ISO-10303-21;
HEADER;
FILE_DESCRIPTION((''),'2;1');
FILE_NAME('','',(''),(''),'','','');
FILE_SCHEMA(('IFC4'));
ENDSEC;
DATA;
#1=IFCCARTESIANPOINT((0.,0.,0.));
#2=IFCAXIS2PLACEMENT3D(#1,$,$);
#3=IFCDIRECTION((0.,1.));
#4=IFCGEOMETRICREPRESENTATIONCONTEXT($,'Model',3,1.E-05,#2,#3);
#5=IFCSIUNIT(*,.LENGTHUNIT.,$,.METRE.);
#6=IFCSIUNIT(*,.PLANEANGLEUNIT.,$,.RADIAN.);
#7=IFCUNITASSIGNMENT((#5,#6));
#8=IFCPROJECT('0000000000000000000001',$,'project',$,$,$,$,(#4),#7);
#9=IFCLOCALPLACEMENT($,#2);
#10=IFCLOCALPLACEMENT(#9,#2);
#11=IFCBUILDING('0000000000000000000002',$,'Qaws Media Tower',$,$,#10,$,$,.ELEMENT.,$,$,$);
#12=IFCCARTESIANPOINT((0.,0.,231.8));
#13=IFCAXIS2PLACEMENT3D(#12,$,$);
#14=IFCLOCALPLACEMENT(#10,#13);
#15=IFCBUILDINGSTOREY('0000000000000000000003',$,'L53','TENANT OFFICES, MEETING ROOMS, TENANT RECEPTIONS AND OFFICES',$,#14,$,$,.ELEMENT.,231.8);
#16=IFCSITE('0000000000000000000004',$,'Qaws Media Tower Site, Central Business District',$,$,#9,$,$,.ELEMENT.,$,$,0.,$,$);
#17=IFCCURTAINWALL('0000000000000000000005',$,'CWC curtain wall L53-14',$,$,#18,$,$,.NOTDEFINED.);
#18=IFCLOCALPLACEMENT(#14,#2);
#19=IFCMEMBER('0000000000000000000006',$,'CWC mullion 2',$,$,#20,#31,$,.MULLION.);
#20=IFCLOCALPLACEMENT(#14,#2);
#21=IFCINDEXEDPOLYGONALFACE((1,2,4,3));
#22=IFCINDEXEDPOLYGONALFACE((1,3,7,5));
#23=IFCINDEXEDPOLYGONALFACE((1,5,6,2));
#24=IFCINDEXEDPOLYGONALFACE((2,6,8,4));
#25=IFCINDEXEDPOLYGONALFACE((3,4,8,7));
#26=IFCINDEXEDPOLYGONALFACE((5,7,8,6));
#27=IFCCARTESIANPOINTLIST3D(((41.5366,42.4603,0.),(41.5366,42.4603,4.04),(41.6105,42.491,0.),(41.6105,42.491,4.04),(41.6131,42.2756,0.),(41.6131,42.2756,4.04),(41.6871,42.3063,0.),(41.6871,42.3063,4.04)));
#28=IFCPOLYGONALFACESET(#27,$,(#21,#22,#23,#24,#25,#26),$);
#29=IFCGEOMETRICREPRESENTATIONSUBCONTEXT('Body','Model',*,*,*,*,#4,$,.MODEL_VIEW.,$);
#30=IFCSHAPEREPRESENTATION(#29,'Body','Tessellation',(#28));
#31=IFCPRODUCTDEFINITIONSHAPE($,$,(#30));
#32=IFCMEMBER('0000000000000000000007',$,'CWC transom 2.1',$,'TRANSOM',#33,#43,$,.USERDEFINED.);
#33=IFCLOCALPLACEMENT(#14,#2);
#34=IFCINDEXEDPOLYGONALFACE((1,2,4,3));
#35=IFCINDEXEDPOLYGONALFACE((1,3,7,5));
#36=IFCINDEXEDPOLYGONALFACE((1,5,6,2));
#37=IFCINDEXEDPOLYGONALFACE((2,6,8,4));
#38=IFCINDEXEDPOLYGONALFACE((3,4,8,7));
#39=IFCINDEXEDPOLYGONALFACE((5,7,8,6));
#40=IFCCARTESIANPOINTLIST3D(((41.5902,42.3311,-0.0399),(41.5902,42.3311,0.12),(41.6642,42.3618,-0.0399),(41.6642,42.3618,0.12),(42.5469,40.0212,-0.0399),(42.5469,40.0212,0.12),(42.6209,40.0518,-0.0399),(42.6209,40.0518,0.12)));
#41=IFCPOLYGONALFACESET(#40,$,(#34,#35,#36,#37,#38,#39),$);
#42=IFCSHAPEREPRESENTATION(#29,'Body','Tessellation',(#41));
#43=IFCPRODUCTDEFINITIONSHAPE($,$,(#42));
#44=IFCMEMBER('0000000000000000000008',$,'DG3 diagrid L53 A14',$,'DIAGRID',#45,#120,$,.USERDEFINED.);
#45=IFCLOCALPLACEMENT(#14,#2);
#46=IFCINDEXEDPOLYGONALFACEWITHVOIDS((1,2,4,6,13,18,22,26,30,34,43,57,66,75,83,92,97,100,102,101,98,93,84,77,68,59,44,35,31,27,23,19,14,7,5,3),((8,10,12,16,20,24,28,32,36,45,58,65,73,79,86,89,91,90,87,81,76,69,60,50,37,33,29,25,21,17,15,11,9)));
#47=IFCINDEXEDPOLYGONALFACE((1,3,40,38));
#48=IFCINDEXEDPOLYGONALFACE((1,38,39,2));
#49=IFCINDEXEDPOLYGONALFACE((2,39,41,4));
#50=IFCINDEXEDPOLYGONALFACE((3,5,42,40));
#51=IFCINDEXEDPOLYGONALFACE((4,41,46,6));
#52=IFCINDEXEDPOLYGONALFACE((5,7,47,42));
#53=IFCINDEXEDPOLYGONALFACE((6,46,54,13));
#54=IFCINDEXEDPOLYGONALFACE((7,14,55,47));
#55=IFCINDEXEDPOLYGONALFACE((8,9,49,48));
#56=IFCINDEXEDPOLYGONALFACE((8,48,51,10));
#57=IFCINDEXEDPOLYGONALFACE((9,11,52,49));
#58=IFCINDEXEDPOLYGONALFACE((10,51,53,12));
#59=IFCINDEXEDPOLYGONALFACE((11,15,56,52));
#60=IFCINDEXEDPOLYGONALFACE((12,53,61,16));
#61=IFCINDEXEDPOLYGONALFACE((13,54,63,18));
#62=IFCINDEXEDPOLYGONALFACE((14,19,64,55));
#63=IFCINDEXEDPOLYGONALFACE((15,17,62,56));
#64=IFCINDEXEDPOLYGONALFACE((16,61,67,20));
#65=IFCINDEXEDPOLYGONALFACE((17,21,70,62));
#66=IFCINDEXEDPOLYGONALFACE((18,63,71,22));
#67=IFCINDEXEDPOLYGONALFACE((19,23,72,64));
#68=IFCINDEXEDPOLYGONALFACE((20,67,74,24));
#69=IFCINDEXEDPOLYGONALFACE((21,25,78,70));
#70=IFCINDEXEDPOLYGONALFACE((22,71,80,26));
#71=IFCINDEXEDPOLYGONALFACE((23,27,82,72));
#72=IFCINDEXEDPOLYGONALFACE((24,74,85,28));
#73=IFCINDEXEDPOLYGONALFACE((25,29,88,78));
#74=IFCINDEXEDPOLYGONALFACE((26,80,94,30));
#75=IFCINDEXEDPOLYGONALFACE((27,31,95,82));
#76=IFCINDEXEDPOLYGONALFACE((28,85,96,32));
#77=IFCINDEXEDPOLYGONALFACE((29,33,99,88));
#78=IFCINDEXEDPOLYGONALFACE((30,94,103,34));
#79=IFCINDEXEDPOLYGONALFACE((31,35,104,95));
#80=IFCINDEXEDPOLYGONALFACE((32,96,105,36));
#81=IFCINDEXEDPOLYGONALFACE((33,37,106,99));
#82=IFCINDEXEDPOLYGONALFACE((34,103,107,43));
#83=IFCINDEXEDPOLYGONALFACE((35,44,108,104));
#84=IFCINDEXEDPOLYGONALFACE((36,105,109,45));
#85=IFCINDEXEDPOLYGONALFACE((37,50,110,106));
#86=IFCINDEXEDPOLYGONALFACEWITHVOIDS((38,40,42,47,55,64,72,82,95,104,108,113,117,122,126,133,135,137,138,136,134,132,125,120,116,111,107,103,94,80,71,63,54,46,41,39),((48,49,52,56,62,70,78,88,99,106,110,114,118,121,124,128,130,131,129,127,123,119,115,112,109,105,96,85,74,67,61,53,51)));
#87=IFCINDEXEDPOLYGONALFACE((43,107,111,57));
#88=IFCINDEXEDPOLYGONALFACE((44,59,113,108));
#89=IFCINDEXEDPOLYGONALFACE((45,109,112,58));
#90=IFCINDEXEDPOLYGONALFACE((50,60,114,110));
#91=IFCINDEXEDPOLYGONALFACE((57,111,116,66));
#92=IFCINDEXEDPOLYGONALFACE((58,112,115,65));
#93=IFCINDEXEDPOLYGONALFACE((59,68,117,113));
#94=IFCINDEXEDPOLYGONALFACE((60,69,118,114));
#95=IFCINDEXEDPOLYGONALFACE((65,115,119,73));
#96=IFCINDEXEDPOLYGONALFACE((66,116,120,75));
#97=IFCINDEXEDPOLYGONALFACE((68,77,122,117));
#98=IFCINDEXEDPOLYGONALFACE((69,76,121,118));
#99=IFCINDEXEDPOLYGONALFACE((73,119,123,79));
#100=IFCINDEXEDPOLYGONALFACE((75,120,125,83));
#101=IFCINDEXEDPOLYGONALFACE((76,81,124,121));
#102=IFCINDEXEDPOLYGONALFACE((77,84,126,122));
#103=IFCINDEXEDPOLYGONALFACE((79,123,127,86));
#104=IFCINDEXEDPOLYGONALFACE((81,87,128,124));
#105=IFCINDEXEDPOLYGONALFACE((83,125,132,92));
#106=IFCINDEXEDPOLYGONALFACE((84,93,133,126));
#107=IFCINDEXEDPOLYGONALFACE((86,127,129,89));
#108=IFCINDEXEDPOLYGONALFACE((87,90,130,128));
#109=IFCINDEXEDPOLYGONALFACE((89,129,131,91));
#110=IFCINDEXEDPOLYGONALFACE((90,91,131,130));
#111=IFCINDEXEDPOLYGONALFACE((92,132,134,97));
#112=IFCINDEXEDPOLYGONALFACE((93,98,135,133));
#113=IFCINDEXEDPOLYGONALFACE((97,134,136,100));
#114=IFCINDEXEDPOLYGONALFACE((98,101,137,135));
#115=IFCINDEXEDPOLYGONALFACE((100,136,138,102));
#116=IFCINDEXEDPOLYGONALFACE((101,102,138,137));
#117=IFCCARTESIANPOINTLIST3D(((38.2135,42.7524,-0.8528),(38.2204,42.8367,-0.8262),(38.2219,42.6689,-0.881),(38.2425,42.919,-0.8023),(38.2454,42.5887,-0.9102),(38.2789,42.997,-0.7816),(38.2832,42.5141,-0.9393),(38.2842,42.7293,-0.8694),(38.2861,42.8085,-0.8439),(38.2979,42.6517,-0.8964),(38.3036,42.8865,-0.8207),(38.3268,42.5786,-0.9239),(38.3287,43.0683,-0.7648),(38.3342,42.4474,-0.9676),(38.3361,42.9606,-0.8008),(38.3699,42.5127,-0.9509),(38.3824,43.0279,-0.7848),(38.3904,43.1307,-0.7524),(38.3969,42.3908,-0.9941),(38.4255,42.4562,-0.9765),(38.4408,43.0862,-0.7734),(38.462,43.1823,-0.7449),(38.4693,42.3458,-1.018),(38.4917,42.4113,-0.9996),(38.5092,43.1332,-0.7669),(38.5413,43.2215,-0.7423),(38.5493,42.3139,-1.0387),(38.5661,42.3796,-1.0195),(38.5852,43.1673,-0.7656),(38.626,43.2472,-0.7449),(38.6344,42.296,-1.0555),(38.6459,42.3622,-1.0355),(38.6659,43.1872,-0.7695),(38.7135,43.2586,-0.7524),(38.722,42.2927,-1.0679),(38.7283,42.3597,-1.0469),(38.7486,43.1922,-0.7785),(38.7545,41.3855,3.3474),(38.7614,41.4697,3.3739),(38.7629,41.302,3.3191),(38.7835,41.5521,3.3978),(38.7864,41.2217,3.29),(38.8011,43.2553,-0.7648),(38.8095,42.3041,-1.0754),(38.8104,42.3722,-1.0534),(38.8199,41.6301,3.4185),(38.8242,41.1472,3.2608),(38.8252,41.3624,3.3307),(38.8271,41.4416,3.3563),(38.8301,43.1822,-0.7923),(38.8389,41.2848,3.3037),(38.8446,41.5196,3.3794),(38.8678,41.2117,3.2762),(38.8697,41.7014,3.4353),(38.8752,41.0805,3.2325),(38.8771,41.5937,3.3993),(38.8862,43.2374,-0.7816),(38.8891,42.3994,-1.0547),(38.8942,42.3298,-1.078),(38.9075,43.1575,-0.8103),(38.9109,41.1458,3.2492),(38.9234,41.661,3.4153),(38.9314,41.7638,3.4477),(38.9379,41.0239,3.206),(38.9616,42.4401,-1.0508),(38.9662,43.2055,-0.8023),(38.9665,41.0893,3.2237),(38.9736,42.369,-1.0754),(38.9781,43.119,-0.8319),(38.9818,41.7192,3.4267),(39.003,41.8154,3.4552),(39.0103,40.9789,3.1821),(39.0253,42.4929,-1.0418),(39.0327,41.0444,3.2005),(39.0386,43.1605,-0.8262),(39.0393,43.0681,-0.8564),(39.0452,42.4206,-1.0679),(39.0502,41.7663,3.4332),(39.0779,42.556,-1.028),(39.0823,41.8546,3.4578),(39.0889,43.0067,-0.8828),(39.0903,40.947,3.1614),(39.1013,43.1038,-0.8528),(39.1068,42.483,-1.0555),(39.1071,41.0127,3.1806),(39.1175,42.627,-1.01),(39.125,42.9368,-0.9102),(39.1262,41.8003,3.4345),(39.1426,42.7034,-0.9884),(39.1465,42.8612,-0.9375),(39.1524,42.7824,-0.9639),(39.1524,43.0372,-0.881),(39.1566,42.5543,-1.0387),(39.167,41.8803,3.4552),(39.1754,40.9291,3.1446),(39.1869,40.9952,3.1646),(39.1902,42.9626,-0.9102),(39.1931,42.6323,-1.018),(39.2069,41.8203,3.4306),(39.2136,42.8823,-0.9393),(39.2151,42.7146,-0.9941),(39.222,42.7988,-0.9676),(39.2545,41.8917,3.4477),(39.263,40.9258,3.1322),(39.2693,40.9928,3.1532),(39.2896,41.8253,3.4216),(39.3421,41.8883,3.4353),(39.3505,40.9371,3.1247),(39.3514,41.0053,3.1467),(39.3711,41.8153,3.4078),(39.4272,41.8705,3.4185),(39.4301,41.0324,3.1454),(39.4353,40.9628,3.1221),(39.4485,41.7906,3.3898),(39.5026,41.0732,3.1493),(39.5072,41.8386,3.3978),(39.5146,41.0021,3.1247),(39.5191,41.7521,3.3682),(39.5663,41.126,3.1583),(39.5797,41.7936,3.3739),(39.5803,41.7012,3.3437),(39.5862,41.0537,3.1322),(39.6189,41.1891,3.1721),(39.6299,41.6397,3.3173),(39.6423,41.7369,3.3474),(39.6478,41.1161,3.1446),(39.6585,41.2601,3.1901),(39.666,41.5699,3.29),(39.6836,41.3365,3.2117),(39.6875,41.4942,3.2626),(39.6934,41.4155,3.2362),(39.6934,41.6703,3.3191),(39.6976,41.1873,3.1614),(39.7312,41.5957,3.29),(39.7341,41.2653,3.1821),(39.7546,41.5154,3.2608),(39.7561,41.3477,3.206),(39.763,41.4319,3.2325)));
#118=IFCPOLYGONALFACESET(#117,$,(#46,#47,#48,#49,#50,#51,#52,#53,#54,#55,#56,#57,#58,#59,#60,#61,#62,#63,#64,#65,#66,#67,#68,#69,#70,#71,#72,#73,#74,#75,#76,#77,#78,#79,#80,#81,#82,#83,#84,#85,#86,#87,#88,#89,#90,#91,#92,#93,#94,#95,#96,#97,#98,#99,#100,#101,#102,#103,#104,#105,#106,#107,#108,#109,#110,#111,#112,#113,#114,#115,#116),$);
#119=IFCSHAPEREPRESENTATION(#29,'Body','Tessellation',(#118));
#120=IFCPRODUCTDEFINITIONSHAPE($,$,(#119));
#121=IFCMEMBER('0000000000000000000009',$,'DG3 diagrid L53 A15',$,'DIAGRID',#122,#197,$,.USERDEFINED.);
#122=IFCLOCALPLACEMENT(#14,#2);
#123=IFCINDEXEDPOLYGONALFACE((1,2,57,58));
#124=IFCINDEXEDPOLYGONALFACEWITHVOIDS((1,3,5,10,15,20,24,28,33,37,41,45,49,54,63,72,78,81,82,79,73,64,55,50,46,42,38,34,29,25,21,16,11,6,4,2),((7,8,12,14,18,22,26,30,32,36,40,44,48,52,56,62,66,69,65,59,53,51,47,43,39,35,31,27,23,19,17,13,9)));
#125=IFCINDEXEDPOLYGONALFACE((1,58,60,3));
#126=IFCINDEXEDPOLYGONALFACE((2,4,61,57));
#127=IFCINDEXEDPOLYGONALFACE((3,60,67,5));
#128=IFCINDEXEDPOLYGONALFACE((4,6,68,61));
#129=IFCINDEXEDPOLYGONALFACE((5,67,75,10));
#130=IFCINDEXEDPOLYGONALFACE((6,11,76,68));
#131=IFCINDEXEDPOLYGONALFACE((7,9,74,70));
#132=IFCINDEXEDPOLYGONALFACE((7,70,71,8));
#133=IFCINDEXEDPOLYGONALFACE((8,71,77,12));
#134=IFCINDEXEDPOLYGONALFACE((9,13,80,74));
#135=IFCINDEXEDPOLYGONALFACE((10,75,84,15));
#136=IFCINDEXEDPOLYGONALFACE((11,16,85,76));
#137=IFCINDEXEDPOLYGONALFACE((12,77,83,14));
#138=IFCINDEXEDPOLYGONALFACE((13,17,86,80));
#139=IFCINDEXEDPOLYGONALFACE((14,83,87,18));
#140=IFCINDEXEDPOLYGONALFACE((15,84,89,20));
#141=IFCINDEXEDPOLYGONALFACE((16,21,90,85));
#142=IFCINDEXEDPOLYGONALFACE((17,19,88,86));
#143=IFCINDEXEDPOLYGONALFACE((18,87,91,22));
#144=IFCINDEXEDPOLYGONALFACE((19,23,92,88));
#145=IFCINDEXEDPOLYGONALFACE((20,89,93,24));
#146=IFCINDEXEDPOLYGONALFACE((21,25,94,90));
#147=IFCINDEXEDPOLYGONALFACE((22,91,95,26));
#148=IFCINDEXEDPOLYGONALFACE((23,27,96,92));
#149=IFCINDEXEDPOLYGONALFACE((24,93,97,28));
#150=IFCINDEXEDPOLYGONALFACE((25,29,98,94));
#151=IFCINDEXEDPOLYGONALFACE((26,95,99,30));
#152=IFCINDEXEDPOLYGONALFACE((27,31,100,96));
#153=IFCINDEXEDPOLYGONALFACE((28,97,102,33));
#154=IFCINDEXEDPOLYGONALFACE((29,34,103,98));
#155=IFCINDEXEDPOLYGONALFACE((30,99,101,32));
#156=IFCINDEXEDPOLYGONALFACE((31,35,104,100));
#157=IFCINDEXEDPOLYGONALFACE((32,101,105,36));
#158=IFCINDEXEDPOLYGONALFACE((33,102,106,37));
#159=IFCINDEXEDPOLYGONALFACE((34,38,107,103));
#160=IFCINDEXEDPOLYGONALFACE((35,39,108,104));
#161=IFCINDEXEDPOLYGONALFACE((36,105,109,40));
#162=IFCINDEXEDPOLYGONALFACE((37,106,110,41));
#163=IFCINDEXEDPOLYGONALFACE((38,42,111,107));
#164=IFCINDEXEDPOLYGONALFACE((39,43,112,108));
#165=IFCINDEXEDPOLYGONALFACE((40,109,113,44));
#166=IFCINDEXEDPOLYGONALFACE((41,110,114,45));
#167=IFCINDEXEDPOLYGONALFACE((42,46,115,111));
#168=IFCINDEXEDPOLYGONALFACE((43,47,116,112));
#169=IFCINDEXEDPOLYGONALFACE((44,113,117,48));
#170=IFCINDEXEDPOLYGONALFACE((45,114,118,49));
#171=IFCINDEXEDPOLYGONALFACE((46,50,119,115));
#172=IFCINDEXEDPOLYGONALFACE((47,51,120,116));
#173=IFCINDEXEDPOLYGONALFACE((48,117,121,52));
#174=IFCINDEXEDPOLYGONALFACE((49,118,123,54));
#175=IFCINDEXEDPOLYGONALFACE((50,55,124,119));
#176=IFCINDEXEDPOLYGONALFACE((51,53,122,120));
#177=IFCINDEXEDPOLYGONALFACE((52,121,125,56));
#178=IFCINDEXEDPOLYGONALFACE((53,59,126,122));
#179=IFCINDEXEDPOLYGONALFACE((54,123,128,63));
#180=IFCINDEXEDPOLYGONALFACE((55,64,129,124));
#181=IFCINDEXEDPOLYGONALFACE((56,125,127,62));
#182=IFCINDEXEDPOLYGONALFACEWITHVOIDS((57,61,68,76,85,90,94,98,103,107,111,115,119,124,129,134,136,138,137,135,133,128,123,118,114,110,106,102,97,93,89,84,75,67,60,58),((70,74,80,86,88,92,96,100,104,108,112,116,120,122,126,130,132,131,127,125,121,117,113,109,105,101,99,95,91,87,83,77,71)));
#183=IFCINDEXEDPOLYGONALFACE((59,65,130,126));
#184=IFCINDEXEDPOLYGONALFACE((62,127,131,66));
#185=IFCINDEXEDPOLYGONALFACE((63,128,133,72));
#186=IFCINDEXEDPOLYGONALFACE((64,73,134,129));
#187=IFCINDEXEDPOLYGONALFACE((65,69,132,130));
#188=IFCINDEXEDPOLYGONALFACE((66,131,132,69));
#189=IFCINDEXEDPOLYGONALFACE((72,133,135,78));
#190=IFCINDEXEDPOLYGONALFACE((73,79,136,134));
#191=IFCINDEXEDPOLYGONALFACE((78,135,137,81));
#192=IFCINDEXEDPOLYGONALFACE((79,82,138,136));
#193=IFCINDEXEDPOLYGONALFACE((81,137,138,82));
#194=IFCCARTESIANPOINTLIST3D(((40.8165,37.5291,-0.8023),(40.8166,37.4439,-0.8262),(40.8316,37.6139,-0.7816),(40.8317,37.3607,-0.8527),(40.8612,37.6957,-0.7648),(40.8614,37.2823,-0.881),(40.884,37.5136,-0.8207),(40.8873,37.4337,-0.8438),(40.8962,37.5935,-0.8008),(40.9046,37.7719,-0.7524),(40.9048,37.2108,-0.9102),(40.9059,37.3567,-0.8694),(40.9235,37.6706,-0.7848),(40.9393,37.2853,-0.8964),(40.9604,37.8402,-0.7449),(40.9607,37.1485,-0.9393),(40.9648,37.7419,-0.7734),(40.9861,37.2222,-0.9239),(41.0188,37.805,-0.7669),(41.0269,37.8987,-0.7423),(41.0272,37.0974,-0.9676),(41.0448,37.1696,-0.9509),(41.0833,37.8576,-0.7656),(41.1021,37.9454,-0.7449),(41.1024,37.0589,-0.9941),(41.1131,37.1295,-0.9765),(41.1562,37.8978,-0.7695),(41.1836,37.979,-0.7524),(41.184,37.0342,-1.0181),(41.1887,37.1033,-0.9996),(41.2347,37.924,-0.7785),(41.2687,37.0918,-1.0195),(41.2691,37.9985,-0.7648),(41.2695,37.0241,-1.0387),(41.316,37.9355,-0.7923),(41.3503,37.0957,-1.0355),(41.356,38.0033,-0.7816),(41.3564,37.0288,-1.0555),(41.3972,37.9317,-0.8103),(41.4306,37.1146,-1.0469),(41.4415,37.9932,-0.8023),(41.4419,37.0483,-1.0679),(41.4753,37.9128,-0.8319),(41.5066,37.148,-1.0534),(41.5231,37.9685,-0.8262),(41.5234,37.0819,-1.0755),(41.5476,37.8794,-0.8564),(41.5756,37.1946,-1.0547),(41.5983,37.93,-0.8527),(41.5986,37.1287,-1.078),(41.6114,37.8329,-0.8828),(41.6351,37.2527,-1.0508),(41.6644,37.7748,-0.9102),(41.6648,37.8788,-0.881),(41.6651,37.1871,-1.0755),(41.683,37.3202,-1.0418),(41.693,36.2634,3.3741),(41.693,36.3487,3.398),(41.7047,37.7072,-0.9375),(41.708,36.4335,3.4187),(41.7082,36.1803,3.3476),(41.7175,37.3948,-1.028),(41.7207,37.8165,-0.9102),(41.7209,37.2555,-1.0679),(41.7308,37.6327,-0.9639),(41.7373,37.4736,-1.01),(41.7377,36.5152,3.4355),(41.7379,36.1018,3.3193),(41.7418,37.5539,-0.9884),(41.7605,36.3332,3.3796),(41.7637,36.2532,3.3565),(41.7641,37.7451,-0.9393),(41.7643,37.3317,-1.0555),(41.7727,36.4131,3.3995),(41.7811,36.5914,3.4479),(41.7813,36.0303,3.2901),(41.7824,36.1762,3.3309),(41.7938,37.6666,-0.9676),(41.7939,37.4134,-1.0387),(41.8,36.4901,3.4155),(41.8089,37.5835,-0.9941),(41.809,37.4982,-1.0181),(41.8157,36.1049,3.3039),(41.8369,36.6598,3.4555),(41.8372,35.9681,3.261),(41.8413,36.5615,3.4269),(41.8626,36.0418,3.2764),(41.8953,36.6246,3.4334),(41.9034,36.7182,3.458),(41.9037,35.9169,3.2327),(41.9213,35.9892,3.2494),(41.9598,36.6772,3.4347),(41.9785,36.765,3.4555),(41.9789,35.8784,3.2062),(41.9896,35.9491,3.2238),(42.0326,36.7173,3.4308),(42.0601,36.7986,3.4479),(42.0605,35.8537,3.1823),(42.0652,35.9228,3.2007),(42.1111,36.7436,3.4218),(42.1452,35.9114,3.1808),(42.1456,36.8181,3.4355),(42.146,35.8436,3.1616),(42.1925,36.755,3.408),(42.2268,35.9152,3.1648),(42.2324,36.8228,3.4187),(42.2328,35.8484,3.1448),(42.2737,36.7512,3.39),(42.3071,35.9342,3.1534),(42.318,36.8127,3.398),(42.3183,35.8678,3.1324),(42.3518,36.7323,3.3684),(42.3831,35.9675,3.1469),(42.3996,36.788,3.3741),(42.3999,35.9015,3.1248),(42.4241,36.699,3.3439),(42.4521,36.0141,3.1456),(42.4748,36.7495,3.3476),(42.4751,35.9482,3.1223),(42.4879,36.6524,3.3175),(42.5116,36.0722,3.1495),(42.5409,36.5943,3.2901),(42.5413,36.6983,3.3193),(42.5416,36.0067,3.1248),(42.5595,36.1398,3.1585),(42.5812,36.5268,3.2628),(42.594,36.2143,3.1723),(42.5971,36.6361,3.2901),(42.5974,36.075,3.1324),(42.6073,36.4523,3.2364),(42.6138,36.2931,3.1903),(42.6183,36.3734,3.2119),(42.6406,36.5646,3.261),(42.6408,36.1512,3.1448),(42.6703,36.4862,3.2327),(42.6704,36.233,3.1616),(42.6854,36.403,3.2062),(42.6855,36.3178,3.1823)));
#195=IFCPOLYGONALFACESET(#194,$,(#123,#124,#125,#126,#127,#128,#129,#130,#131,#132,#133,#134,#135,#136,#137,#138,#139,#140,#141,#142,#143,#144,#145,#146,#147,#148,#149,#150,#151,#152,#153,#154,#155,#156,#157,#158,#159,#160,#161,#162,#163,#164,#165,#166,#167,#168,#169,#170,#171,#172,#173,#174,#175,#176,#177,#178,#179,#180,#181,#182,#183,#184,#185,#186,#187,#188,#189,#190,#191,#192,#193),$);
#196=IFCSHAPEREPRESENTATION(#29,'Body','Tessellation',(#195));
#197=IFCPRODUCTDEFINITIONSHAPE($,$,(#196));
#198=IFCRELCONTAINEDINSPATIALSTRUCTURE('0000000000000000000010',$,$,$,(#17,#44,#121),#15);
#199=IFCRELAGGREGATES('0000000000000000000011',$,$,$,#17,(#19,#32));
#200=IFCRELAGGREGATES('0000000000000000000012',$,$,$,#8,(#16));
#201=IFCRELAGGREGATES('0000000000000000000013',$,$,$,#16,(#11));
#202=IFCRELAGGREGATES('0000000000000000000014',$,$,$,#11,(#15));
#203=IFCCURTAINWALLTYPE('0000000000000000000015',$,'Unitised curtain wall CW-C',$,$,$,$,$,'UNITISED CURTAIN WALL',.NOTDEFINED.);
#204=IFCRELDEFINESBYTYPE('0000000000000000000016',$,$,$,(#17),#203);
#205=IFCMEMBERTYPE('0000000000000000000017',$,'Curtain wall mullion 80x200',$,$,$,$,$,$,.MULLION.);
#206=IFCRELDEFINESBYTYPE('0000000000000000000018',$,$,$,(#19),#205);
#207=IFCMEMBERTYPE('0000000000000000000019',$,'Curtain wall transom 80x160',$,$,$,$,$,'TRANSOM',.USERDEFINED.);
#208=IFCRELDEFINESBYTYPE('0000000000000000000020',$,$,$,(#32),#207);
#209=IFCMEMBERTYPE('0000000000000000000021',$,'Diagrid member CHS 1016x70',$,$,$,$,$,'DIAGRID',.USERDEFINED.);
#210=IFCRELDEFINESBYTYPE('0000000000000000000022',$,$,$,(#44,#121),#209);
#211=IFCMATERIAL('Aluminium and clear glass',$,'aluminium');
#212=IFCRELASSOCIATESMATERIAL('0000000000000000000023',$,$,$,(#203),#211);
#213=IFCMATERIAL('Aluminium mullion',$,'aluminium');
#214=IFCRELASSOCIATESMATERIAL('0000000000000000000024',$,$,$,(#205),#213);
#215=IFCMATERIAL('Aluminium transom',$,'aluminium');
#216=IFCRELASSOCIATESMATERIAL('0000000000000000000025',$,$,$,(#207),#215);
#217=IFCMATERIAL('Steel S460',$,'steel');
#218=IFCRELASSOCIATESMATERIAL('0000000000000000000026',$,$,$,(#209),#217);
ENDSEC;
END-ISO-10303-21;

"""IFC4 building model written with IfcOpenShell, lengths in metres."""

from ifc_helpers import new_model, si_unit, direction, frame, origin, origin_2d, place, context, subcontext, project, spatial, rectangle, hollow_circle, extrude, material, material_profile, profile_set, type_object, element, aggregate, save


model = new_model("IFC4")

# Units and contexts
model_context = context("Model", 3, precision=1e-05, world=origin(), true_north=direction((0.0, 1.0)))
body_context = subcontext(model_context, "Body", "Model", "MODEL_VIEW")
ifc_project = project(units=[si_unit("LENGTHUNIT", "METRE"), si_unit("PLANEANGLEUNIT", "RADIAN")], contexts=[model_context])

# Site, building, storey
site_placement = place(None, origin())
site = spatial("IfcSite", under=ifc_project, at=site_placement, Name="Qaws Media Tower Site, Central Business District", CompositionType="ELEMENT", RefElevation=0.0)
building_placement = place(site_placement, origin())
building = spatial("IfcBuilding", under=site, at=building_placement, Name="Qaws Media Tower", CompositionType="ELEMENT")
storey_placement = place(building_placement, frame((0.0, 0.0, 231.8)))
storey = spatial("IfcBuildingStorey", under=building, at=storey_placement, Name="L53", Description="TENANT OFFICES, MEETING ROOMS, TENANT RECEPTIONS AND OFFICES", CompositionType="ELEMENT", Elevation=231.8)

# Curtain wall, members
ifc_material_1 = material(Name="Aluminium and clear glass", Category="aluminium")
curtain_wall_type = type_object("IfcCurtainWallType", Name="Unitised curtain wall CW-C", ElementType="UNITISED CURTAIN WALL", PredefinedType="NOTDEFINED", material=ifc_material_1)
curtain_wall_placement = place(storey_placement, origin())
curtain_wall = element("IfcCurtainWall", 1, at=curtain_wall_placement, inside=storey, type_object=curtain_wall_type, Name="CWC curtain wall L53-14", PredefinedType="NOTDEFINED")
ifc_material_2 = material(Name="Aluminium mullion", Category="aluminium")
ifc_material_profile_1 = material_profile(ifc_material_2, rectangle(XDim=0.0801, YDim=0.2, at=origin_2d()), Name="80x200")
ifc_profile_set_1 = profile_set([ifc_material_profile_1], Name="Aluminium mullion")
member_type_1 = type_object("IfcMemberType", Name="Curtain wall mullion 80x200", PredefinedType="MULLION", material=ifc_profile_set_1)
member_1_placement = place(storey_placement, frame((41.6118, 42.3833, 0.0), z_axis=(0.0, 0.0, 1.0), x_axis=(0.92388, 0.382683, 0.0)))
member_1 = element("IfcMember", 2, at=member_1_placement, type_object=member_type_1, Name="CWC mullion 2", PredefinedType="MULLION", context=body_context, shape_type="SweptSolid", body=[
    extrude(rectangle(XDim=0.0801, YDim=0.2, at=origin_2d()), origin(), (0.0, 0.0, 1.0), 4.04),
])
ifc_material_3 = material(Name="Aluminium transom", Category="aluminium")
ifc_material_profile_2 = material_profile(ifc_material_3, rectangle(XDim=0.0801, YDim=0.1599, at=origin_2d()), Name="80x160")
ifc_profile_set_2 = profile_set([ifc_material_profile_2], Name="Aluminium transom")
member_type_2 = type_object("IfcMemberType", Name="Curtain wall transom 80x160", ElementType="TRANSOM", PredefinedType="USERDEFINED", material=ifc_profile_set_2)
member_2_placement = place(storey_placement, frame((41.6272, 42.3464, 0.04), z_axis=(0.382659, -0.923889, 0.0), x_axis=(0.923889, 0.382659, 0.0)))
member_2 = element("IfcMember", 3, at=member_2_placement, type_object=member_type_2, Name="CWC transom 2.1", ObjectType="TRANSOM", PredefinedType="USERDEFINED", context=body_context, shape_type="SweptSolid", body=[
    extrude(rectangle(XDim=0.0801, YDim=0.1599, at=origin_2d()), origin(), (0.0, 0.0, 1.0), 2.5002),
])

# Members
ifc_material_4 = material(Name="Steel S460", Category="steel")
ifc_material_profile_3 = material_profile(ifc_material_4, hollow_circle(Radius=0.5081, WallThickness=0.0701, at=origin_2d()), Name="CHS 1016x70")
ifc_profile_set_3 = profile_set([ifc_material_profile_3], Name="Steel S460")
member_type_3 = type_object("IfcMemberType", Name="Diagrid member CHS 1016x70", ElementType="DIAGRID", PredefinedType="USERDEFINED", material=ifc_profile_set_3)
member_3_placement = place(storey_placement, frame((38.7178, 42.7756, -0.9102), z_axis=(0.121575, -0.307175, 0.943855), x_axis=(0.929822, 0.36801, 0.0)))
element("IfcMember", 4, at=member_3_placement, inside=storey, type_object=member_type_3, Name="DG3 diagrid L53 A14", ObjectType="DIAGRID", PredefinedType="USERDEFINED", context=body_context, shape_type="SweptSolid", body=[
    extrude(hollow_circle(Radius=0.5081, WallThickness=0.0701, at=origin_2d()), origin(), (0.0, 0.0, 1.0), 4.45),
])
member_4_placement = place(storey_placement, frame((41.3127, 37.5137, -0.9102), z_axis=(0.196955, -0.265258, 0.943847), x_axis=(0.80288, 0.596141, 0.0)))
element("IfcMember", 5, at=member_4_placement, inside=storey, type_object=member_type_3, Name="DG3 diagrid L53 A15", ObjectType="DIAGRID", PredefinedType="USERDEFINED", context=body_context, shape_type="SweptSolid", body=[
    extrude(hollow_circle(Radius=0.5081, WallThickness=0.0701, at=origin_2d()), origin(), (0.0, 0.0, 1.0), 4.4502),
])

aggregate(curtain_wall, [member_1, member_2])

save(model, "model.ifc")
